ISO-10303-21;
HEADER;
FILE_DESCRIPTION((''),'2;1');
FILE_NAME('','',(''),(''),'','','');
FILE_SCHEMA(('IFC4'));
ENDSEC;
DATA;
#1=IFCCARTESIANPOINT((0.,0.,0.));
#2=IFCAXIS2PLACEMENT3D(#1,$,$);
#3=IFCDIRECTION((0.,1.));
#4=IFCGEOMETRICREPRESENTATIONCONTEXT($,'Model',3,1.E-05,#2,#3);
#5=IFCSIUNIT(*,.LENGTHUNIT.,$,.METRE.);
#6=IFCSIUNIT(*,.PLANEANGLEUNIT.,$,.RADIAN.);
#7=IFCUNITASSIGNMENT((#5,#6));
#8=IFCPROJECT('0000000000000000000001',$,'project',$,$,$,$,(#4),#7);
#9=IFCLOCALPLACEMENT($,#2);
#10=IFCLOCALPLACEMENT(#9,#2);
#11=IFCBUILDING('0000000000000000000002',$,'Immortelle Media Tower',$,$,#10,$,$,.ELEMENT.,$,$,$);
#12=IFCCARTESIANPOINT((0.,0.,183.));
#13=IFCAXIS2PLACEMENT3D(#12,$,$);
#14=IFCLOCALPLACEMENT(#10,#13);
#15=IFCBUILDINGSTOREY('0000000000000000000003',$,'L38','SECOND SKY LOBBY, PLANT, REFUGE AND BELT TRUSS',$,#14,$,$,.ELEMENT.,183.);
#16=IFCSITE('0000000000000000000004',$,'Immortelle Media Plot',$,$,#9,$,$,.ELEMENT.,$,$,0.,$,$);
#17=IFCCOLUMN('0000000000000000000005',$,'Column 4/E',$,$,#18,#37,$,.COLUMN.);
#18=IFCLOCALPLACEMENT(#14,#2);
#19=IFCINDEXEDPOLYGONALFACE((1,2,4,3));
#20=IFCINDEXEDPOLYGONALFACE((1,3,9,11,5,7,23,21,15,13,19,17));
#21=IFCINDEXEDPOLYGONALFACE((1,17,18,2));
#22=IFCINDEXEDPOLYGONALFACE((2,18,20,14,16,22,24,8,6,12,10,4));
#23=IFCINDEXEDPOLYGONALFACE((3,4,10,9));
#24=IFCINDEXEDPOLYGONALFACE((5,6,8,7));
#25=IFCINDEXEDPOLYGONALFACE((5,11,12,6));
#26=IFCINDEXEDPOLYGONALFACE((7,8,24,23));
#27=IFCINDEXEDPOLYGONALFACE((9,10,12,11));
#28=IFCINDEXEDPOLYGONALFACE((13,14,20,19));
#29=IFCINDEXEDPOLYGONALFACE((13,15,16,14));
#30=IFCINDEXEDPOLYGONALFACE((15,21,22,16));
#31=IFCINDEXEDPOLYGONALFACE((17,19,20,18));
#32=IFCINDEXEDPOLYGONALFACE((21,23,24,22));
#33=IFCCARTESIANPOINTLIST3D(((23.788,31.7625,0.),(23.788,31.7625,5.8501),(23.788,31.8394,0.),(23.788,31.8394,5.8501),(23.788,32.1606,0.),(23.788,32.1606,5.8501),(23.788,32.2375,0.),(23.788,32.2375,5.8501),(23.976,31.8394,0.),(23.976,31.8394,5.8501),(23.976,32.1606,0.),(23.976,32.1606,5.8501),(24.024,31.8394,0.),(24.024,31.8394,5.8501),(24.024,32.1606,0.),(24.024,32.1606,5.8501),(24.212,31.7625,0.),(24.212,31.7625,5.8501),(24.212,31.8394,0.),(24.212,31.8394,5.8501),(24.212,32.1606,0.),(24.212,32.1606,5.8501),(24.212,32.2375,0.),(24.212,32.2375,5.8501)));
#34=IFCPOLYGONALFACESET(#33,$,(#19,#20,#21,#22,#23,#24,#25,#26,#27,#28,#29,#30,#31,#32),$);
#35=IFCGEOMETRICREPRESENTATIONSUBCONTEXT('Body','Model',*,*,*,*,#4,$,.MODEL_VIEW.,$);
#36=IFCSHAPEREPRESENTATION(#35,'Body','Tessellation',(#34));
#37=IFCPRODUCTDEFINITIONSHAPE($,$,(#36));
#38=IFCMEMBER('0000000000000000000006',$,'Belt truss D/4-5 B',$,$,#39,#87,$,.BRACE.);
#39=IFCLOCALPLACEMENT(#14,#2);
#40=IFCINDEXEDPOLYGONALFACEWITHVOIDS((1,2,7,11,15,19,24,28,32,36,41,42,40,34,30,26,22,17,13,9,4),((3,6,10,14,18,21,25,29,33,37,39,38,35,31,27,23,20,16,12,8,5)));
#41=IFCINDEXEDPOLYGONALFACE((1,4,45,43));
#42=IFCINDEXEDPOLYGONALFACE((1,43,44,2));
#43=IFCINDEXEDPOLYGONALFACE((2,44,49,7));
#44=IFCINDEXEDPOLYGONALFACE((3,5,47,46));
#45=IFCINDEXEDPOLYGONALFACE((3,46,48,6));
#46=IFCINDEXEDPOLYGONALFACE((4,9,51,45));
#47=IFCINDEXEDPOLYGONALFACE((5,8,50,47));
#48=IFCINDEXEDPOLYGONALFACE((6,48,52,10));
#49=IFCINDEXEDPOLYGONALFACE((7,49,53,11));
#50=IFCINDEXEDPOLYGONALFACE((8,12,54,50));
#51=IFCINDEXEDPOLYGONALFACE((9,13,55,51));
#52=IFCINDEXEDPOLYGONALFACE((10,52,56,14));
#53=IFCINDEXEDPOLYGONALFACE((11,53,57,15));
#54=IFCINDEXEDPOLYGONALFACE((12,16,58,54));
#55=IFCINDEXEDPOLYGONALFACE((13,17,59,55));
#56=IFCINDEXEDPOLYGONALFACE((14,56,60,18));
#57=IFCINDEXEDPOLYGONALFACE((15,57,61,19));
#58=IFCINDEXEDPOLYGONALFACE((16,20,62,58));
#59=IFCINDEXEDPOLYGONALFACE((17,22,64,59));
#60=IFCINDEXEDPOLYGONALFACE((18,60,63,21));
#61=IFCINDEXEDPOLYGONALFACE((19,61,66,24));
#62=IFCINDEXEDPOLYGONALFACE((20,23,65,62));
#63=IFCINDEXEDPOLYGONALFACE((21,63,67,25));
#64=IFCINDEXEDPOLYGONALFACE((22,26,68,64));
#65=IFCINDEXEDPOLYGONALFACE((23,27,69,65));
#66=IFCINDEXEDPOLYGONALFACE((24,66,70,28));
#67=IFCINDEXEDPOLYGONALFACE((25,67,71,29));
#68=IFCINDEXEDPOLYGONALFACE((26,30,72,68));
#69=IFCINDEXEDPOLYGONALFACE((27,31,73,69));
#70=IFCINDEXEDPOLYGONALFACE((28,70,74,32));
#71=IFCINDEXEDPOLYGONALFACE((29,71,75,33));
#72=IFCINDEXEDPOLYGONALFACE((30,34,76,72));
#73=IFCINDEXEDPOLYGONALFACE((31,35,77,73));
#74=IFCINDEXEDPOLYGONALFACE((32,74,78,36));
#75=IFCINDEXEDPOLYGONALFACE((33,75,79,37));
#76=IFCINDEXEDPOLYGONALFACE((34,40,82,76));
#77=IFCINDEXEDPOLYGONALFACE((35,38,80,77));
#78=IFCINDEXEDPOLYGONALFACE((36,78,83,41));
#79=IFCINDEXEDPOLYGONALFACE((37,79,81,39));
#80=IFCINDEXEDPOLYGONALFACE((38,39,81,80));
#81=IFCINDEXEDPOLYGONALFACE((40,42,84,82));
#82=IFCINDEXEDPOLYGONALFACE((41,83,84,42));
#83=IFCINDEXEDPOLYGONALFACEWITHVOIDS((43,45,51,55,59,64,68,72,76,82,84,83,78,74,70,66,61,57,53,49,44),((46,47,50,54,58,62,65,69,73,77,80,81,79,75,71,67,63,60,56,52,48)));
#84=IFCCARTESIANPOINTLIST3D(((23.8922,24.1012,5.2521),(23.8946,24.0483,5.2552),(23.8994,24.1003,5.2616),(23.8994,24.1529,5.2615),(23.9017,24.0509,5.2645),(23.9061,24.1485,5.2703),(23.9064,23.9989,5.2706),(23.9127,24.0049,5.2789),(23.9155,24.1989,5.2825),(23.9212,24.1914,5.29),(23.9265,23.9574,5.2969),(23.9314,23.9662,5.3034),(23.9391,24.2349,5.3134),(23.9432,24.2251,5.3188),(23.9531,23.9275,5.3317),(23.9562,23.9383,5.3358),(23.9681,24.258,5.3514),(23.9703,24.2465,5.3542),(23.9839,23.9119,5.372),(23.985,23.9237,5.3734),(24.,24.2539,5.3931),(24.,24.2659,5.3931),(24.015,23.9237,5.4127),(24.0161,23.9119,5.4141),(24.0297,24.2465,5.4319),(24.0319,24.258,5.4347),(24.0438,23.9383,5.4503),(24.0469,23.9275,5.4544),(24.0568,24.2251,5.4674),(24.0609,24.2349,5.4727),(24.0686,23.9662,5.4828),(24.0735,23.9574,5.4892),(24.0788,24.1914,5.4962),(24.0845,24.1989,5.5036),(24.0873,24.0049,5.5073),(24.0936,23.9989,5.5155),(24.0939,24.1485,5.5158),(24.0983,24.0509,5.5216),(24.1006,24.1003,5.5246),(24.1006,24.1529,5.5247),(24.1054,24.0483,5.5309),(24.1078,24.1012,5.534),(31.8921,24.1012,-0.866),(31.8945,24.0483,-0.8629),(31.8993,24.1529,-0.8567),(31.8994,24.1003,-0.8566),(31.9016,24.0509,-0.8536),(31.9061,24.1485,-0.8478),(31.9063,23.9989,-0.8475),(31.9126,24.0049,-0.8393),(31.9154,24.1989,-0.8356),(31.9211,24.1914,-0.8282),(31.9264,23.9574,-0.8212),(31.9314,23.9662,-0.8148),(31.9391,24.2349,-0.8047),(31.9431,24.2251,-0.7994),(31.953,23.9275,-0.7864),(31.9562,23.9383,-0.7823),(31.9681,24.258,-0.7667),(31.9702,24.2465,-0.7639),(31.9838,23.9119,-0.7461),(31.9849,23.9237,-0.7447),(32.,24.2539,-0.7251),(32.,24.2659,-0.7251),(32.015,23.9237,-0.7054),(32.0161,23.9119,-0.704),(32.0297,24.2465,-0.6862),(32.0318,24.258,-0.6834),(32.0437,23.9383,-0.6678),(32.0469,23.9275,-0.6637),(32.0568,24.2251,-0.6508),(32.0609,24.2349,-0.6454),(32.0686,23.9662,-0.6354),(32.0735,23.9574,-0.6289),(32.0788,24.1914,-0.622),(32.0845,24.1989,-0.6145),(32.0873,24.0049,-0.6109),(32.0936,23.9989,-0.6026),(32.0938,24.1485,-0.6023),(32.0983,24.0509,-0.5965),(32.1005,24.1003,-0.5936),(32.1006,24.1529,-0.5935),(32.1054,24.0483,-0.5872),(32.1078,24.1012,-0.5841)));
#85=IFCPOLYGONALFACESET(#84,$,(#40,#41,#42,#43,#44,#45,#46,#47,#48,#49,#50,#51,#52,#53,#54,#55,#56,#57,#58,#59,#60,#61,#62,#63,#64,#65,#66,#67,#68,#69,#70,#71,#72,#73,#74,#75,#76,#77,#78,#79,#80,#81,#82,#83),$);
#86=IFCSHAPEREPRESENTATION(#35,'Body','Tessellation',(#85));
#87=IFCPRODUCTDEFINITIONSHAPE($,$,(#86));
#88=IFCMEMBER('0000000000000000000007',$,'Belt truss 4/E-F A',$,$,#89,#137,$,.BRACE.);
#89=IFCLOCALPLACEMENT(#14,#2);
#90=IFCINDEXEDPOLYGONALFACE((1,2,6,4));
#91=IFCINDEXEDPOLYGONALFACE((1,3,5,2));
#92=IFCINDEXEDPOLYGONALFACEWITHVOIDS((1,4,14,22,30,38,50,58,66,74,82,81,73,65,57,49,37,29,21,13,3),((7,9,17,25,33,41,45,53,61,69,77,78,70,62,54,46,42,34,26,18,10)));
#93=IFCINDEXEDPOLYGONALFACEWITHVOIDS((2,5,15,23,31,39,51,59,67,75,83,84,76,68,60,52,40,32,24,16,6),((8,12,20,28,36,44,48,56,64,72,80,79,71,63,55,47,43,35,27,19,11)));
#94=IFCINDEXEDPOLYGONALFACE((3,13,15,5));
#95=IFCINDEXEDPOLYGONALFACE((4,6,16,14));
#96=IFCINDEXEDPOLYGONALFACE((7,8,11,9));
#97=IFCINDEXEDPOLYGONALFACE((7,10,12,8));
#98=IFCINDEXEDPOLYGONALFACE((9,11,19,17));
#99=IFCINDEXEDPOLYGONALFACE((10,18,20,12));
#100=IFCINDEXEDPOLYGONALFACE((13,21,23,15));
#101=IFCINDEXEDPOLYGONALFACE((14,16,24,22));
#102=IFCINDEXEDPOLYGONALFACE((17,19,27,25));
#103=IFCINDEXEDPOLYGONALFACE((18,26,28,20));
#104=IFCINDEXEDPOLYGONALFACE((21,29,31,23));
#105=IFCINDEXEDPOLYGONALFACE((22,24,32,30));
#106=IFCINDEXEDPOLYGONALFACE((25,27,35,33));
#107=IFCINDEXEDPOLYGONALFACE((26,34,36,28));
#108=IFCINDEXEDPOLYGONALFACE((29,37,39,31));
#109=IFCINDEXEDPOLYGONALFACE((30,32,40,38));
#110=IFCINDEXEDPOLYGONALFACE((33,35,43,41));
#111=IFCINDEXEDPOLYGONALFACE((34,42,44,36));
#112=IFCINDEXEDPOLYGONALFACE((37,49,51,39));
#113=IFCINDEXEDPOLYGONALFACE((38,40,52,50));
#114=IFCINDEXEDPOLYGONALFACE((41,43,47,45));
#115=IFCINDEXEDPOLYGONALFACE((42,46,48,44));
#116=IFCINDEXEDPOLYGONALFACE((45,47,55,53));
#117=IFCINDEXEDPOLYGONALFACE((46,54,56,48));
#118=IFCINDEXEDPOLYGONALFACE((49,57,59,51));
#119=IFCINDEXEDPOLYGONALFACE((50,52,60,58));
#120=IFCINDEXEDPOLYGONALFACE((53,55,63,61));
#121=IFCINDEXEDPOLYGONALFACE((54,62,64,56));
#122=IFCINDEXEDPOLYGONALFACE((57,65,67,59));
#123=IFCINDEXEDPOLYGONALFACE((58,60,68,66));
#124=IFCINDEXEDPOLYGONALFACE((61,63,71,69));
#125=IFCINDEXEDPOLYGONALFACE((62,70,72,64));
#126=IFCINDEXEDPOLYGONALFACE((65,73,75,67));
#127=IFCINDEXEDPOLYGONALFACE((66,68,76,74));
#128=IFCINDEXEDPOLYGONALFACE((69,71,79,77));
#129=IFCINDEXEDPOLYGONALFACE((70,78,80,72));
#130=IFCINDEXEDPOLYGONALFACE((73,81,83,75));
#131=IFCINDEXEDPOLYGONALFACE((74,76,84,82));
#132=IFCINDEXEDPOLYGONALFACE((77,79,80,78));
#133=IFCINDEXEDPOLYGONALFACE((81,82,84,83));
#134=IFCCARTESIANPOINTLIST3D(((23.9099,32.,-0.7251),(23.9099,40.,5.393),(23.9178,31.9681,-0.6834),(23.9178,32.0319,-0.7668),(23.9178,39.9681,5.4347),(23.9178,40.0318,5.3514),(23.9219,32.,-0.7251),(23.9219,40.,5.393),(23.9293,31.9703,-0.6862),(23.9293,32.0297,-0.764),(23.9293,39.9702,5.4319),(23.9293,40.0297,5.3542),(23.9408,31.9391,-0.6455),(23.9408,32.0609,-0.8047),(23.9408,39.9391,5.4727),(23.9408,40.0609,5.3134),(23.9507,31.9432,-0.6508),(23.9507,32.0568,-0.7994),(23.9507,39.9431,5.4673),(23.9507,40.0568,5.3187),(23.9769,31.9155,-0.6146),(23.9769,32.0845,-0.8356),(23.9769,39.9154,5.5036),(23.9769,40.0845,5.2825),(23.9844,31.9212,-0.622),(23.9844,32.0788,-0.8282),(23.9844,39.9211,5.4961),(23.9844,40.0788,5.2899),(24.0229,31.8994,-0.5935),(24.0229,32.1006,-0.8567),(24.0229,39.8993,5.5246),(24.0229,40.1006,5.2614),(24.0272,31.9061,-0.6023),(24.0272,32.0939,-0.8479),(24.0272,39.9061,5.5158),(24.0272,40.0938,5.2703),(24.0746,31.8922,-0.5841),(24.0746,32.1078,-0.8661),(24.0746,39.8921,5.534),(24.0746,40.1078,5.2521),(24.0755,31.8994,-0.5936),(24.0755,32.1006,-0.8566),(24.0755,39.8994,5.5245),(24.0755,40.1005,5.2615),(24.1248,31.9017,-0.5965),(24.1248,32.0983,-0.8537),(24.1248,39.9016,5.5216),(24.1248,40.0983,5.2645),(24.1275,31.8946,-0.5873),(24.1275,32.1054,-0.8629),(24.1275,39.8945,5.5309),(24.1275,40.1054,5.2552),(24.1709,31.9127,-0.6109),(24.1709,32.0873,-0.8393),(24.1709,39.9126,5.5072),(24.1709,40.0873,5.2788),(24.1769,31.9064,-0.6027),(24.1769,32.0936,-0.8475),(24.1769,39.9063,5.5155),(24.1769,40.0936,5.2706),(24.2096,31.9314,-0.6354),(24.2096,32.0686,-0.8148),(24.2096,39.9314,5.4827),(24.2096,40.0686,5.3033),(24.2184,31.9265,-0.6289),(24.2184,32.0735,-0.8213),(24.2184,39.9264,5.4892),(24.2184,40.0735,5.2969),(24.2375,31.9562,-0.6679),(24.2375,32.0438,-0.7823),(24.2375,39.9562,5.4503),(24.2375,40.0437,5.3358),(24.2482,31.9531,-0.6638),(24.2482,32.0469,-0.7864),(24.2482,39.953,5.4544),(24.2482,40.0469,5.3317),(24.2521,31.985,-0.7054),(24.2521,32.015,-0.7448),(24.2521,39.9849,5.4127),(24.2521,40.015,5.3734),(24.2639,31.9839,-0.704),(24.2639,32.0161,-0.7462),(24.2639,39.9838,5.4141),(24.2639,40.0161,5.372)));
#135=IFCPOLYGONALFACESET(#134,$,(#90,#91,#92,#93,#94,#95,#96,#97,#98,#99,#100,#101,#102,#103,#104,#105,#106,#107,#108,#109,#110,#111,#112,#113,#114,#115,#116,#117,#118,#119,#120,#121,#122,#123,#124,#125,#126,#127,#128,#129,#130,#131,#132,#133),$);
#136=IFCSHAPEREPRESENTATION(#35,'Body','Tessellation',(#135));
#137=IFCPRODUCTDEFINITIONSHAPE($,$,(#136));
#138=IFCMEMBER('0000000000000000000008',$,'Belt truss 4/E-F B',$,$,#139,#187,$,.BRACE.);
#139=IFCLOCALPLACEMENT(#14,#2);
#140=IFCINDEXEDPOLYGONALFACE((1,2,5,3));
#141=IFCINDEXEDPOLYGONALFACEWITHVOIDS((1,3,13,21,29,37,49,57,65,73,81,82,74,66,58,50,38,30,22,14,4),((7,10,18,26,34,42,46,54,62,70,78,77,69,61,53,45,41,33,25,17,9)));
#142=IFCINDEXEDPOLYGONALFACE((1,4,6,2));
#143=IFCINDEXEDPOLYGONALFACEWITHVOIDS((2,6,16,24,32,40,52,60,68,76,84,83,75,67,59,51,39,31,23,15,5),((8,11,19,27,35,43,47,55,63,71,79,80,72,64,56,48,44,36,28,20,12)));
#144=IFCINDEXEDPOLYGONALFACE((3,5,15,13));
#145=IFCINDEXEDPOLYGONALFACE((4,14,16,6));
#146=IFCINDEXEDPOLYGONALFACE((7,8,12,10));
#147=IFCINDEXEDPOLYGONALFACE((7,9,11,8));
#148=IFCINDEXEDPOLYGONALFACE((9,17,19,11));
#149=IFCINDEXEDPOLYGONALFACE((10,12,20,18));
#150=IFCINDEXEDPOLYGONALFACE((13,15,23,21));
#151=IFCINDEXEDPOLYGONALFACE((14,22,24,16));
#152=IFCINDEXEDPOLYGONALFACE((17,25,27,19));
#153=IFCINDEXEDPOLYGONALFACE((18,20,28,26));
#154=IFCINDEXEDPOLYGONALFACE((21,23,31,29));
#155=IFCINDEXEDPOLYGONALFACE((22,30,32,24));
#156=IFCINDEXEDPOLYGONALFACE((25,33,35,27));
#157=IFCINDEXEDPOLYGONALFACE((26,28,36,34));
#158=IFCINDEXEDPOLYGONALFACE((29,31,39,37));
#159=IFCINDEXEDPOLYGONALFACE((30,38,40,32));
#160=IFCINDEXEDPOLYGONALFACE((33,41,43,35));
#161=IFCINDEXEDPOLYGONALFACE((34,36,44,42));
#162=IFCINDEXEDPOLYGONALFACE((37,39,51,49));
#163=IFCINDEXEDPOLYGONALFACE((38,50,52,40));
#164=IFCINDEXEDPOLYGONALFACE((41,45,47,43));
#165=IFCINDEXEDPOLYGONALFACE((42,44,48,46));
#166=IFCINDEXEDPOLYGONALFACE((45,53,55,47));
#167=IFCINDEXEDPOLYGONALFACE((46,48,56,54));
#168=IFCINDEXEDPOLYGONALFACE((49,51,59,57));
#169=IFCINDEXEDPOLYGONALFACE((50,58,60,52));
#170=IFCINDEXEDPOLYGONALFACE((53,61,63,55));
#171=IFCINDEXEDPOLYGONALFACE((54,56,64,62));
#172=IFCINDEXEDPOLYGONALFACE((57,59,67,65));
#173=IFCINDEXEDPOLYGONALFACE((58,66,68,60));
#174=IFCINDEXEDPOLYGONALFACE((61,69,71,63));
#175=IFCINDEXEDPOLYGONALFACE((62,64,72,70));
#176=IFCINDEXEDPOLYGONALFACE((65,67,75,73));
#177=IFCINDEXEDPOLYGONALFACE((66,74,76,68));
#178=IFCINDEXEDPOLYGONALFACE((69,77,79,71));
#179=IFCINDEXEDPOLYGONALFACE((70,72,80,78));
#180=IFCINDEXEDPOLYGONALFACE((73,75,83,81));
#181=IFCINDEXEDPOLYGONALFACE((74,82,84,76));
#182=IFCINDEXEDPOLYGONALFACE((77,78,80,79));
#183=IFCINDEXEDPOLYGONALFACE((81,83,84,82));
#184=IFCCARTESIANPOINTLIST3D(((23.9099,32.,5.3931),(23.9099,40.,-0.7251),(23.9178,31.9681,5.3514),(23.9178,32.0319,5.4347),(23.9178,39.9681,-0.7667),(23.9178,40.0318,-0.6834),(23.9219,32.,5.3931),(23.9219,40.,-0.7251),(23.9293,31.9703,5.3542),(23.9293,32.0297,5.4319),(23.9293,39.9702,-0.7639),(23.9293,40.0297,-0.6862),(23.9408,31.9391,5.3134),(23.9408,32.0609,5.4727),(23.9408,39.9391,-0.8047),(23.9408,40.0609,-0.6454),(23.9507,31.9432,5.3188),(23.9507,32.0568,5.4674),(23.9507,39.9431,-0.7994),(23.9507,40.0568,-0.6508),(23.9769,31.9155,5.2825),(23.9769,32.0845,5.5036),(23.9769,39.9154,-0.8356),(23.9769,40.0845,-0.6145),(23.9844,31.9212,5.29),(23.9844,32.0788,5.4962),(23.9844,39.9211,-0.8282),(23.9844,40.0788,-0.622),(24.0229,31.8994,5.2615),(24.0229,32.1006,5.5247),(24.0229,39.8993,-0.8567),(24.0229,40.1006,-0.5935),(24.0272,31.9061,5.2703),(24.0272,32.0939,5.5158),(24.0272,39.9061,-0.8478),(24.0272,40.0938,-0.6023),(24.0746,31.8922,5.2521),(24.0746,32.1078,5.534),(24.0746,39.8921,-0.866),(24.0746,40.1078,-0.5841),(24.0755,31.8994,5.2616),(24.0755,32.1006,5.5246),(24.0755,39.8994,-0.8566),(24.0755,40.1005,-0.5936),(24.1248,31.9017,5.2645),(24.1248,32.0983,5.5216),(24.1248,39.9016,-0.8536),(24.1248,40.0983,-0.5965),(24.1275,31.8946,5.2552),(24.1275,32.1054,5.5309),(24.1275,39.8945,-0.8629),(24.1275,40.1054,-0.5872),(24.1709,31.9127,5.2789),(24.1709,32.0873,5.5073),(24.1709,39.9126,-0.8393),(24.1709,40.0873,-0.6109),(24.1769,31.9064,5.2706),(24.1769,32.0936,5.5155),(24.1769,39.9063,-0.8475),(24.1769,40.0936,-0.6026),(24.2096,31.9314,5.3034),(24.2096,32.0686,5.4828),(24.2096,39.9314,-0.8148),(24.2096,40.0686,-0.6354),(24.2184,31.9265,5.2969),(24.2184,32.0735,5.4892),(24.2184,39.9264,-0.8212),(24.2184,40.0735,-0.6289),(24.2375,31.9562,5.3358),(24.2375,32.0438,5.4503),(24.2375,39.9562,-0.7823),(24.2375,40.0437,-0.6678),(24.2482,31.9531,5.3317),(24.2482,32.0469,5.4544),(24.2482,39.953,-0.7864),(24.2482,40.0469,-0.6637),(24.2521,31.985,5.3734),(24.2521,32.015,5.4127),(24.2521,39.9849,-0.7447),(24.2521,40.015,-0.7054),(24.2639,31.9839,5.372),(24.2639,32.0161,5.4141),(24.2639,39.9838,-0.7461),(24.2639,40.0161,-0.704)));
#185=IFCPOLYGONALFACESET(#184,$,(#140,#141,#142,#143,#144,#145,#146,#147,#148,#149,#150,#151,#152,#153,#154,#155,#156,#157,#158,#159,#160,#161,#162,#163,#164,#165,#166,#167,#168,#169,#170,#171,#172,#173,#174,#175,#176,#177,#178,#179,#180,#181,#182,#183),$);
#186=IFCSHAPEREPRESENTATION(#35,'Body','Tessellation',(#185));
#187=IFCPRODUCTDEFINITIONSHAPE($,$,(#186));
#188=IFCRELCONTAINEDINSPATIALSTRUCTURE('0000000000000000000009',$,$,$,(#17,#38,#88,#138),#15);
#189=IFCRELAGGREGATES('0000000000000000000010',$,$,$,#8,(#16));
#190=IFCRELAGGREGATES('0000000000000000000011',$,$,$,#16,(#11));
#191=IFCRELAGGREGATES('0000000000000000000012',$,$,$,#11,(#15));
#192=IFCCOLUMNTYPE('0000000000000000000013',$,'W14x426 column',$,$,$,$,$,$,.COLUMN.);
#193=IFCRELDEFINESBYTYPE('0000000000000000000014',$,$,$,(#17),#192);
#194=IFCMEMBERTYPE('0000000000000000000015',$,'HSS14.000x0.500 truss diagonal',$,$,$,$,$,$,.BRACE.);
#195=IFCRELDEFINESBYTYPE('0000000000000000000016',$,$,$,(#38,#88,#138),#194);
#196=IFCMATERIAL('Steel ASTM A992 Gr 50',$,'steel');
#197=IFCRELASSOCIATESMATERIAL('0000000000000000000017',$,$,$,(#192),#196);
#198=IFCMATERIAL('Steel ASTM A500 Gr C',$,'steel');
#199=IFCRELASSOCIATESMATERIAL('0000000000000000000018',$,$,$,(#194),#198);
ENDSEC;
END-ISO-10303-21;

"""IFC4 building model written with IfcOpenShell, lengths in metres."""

from ifc_helpers import new_model, si_unit, direction, frame, origin, origin_2d, place, context, subcontext, project, spatial, hollow_circle, i_section, extrude, material, material_profile, profile_set, type_object, element, save


model = new_model("IFC4")

# Units and contexts
model_context = context("Model", 3, precision=1e-05, world=origin(), true_north=direction((0.0, 1.0)))
body_context = subcontext(model_context, "Body", "Model", "MODEL_VIEW")
ifc_project = project(units=[si_unit("LENGTHUNIT", "METRE"), si_unit("PLANEANGLEUNIT", "RADIAN")], contexts=[model_context])

# Site, building, storey
site_placement = place(None, origin())
site = spatial("IfcSite", under=ifc_project, at=site_placement, Name="Immortelle Media Plot", CompositionType="ELEMENT", RefElevation=0.0)
building_placement = place(site_placement, origin())
building = spatial("IfcBuilding", under=site, at=building_placement, Name="Immortelle Media Tower", CompositionType="ELEMENT")
storey_placement = place(building_placement, frame((0.0, 0.0, 183.0)))
storey = spatial("IfcBuildingStorey", under=building, at=storey_placement, Name="L38", Description="SECOND SKY LOBBY, PLANT, REFUGE AND BELT TRUSS", CompositionType="ELEMENT", Elevation=183.0)

# Column
ifc_material_1 = material(Name="Steel ASTM A992 Gr 50", Category="steel")
ifc_material_profile_1 = material_profile(ifc_material_1, i_section(OverallWidth=0.4241, OverallDepth=0.4751, WebThickness=0.0481, FlangeThickness=0.0769, at=origin_2d()), Name="W14x426")
ifc_profile_set_1 = profile_set([ifc_material_profile_1], Name="Steel ASTM A992 Gr 50")
column_type = type_object("IfcColumnType", Name="W14x426 column", PredefinedType="COLUMN", material=ifc_profile_set_1)
column_placement = place(storey_placement, frame((24.0, 32.0, 0.0), z_axis=(0.0, 0.0, 1.0), x_axis=(1.0, 0.0, 0.0)))
element("IfcColumn", 1, at=column_placement, inside=storey, type_object=column_type, Name="Column 4/E", PredefinedType="COLUMN", context=body_context, shape_type="SweptSolid", body=[
    extrude(i_section(OverallWidth=0.4241, OverallDepth=0.4751, WebThickness=0.0481, FlangeThickness=0.0769, at=origin_2d()), origin(), (0.0, 0.0, 1.0), 5.8501),
])

# Members
ifc_material_2 = material(Name="Steel ASTM A500 Gr C", Category="steel")
ifc_material_profile_2 = material_profile(ifc_material_2, hollow_circle(Radius=0.178, WallThickness=0.012, at=origin_2d()), Name="HSS14.000x0.500 truss diagonal")
ifc_profile_set_2 = profile_set([ifc_material_profile_2], Name="Steel ASTM A500 Gr C")
member_type = type_object("IfcMemberType", Name="HSS14.000x0.500 truss diagonal", PredefinedType="BRACE", material=ifc_profile_set_2)
for number, where, z_axis, x_axis, name in (
    (2, (24.0, 24.0879, 5.3931), (0.794333, 0.0, -0.607482), (0.0, 1.0, 0.0), "Belt truss D/4-5 B"),
    (3, (24.0879, 32.0, -0.7251), (0.0, 0.794333, 0.607482), (-1.0, 0.0, 0.0), "Belt truss 4/E-F A"),
    (4, (24.0879, 32.0, 5.3931), (0.0, 0.794333, -0.607482), (-1.0, 0.0, 0.0), "Belt truss 4/E-F B"),
):
    element("IfcMember", number, at=place(storey_placement, frame(where, z_axis=z_axis, x_axis=x_axis)), inside=storey, type_object=member_type, Name=name, PredefinedType="BRACE", context=body_context, shape_type="SweptSolid", body=[
        extrude(hollow_circle(Radius=0.178, WallThickness=0.012, at=origin_2d()), origin(), (0.0, 0.0, 1.0), 10.0713),
    ])

save(model, "model.ifc")
